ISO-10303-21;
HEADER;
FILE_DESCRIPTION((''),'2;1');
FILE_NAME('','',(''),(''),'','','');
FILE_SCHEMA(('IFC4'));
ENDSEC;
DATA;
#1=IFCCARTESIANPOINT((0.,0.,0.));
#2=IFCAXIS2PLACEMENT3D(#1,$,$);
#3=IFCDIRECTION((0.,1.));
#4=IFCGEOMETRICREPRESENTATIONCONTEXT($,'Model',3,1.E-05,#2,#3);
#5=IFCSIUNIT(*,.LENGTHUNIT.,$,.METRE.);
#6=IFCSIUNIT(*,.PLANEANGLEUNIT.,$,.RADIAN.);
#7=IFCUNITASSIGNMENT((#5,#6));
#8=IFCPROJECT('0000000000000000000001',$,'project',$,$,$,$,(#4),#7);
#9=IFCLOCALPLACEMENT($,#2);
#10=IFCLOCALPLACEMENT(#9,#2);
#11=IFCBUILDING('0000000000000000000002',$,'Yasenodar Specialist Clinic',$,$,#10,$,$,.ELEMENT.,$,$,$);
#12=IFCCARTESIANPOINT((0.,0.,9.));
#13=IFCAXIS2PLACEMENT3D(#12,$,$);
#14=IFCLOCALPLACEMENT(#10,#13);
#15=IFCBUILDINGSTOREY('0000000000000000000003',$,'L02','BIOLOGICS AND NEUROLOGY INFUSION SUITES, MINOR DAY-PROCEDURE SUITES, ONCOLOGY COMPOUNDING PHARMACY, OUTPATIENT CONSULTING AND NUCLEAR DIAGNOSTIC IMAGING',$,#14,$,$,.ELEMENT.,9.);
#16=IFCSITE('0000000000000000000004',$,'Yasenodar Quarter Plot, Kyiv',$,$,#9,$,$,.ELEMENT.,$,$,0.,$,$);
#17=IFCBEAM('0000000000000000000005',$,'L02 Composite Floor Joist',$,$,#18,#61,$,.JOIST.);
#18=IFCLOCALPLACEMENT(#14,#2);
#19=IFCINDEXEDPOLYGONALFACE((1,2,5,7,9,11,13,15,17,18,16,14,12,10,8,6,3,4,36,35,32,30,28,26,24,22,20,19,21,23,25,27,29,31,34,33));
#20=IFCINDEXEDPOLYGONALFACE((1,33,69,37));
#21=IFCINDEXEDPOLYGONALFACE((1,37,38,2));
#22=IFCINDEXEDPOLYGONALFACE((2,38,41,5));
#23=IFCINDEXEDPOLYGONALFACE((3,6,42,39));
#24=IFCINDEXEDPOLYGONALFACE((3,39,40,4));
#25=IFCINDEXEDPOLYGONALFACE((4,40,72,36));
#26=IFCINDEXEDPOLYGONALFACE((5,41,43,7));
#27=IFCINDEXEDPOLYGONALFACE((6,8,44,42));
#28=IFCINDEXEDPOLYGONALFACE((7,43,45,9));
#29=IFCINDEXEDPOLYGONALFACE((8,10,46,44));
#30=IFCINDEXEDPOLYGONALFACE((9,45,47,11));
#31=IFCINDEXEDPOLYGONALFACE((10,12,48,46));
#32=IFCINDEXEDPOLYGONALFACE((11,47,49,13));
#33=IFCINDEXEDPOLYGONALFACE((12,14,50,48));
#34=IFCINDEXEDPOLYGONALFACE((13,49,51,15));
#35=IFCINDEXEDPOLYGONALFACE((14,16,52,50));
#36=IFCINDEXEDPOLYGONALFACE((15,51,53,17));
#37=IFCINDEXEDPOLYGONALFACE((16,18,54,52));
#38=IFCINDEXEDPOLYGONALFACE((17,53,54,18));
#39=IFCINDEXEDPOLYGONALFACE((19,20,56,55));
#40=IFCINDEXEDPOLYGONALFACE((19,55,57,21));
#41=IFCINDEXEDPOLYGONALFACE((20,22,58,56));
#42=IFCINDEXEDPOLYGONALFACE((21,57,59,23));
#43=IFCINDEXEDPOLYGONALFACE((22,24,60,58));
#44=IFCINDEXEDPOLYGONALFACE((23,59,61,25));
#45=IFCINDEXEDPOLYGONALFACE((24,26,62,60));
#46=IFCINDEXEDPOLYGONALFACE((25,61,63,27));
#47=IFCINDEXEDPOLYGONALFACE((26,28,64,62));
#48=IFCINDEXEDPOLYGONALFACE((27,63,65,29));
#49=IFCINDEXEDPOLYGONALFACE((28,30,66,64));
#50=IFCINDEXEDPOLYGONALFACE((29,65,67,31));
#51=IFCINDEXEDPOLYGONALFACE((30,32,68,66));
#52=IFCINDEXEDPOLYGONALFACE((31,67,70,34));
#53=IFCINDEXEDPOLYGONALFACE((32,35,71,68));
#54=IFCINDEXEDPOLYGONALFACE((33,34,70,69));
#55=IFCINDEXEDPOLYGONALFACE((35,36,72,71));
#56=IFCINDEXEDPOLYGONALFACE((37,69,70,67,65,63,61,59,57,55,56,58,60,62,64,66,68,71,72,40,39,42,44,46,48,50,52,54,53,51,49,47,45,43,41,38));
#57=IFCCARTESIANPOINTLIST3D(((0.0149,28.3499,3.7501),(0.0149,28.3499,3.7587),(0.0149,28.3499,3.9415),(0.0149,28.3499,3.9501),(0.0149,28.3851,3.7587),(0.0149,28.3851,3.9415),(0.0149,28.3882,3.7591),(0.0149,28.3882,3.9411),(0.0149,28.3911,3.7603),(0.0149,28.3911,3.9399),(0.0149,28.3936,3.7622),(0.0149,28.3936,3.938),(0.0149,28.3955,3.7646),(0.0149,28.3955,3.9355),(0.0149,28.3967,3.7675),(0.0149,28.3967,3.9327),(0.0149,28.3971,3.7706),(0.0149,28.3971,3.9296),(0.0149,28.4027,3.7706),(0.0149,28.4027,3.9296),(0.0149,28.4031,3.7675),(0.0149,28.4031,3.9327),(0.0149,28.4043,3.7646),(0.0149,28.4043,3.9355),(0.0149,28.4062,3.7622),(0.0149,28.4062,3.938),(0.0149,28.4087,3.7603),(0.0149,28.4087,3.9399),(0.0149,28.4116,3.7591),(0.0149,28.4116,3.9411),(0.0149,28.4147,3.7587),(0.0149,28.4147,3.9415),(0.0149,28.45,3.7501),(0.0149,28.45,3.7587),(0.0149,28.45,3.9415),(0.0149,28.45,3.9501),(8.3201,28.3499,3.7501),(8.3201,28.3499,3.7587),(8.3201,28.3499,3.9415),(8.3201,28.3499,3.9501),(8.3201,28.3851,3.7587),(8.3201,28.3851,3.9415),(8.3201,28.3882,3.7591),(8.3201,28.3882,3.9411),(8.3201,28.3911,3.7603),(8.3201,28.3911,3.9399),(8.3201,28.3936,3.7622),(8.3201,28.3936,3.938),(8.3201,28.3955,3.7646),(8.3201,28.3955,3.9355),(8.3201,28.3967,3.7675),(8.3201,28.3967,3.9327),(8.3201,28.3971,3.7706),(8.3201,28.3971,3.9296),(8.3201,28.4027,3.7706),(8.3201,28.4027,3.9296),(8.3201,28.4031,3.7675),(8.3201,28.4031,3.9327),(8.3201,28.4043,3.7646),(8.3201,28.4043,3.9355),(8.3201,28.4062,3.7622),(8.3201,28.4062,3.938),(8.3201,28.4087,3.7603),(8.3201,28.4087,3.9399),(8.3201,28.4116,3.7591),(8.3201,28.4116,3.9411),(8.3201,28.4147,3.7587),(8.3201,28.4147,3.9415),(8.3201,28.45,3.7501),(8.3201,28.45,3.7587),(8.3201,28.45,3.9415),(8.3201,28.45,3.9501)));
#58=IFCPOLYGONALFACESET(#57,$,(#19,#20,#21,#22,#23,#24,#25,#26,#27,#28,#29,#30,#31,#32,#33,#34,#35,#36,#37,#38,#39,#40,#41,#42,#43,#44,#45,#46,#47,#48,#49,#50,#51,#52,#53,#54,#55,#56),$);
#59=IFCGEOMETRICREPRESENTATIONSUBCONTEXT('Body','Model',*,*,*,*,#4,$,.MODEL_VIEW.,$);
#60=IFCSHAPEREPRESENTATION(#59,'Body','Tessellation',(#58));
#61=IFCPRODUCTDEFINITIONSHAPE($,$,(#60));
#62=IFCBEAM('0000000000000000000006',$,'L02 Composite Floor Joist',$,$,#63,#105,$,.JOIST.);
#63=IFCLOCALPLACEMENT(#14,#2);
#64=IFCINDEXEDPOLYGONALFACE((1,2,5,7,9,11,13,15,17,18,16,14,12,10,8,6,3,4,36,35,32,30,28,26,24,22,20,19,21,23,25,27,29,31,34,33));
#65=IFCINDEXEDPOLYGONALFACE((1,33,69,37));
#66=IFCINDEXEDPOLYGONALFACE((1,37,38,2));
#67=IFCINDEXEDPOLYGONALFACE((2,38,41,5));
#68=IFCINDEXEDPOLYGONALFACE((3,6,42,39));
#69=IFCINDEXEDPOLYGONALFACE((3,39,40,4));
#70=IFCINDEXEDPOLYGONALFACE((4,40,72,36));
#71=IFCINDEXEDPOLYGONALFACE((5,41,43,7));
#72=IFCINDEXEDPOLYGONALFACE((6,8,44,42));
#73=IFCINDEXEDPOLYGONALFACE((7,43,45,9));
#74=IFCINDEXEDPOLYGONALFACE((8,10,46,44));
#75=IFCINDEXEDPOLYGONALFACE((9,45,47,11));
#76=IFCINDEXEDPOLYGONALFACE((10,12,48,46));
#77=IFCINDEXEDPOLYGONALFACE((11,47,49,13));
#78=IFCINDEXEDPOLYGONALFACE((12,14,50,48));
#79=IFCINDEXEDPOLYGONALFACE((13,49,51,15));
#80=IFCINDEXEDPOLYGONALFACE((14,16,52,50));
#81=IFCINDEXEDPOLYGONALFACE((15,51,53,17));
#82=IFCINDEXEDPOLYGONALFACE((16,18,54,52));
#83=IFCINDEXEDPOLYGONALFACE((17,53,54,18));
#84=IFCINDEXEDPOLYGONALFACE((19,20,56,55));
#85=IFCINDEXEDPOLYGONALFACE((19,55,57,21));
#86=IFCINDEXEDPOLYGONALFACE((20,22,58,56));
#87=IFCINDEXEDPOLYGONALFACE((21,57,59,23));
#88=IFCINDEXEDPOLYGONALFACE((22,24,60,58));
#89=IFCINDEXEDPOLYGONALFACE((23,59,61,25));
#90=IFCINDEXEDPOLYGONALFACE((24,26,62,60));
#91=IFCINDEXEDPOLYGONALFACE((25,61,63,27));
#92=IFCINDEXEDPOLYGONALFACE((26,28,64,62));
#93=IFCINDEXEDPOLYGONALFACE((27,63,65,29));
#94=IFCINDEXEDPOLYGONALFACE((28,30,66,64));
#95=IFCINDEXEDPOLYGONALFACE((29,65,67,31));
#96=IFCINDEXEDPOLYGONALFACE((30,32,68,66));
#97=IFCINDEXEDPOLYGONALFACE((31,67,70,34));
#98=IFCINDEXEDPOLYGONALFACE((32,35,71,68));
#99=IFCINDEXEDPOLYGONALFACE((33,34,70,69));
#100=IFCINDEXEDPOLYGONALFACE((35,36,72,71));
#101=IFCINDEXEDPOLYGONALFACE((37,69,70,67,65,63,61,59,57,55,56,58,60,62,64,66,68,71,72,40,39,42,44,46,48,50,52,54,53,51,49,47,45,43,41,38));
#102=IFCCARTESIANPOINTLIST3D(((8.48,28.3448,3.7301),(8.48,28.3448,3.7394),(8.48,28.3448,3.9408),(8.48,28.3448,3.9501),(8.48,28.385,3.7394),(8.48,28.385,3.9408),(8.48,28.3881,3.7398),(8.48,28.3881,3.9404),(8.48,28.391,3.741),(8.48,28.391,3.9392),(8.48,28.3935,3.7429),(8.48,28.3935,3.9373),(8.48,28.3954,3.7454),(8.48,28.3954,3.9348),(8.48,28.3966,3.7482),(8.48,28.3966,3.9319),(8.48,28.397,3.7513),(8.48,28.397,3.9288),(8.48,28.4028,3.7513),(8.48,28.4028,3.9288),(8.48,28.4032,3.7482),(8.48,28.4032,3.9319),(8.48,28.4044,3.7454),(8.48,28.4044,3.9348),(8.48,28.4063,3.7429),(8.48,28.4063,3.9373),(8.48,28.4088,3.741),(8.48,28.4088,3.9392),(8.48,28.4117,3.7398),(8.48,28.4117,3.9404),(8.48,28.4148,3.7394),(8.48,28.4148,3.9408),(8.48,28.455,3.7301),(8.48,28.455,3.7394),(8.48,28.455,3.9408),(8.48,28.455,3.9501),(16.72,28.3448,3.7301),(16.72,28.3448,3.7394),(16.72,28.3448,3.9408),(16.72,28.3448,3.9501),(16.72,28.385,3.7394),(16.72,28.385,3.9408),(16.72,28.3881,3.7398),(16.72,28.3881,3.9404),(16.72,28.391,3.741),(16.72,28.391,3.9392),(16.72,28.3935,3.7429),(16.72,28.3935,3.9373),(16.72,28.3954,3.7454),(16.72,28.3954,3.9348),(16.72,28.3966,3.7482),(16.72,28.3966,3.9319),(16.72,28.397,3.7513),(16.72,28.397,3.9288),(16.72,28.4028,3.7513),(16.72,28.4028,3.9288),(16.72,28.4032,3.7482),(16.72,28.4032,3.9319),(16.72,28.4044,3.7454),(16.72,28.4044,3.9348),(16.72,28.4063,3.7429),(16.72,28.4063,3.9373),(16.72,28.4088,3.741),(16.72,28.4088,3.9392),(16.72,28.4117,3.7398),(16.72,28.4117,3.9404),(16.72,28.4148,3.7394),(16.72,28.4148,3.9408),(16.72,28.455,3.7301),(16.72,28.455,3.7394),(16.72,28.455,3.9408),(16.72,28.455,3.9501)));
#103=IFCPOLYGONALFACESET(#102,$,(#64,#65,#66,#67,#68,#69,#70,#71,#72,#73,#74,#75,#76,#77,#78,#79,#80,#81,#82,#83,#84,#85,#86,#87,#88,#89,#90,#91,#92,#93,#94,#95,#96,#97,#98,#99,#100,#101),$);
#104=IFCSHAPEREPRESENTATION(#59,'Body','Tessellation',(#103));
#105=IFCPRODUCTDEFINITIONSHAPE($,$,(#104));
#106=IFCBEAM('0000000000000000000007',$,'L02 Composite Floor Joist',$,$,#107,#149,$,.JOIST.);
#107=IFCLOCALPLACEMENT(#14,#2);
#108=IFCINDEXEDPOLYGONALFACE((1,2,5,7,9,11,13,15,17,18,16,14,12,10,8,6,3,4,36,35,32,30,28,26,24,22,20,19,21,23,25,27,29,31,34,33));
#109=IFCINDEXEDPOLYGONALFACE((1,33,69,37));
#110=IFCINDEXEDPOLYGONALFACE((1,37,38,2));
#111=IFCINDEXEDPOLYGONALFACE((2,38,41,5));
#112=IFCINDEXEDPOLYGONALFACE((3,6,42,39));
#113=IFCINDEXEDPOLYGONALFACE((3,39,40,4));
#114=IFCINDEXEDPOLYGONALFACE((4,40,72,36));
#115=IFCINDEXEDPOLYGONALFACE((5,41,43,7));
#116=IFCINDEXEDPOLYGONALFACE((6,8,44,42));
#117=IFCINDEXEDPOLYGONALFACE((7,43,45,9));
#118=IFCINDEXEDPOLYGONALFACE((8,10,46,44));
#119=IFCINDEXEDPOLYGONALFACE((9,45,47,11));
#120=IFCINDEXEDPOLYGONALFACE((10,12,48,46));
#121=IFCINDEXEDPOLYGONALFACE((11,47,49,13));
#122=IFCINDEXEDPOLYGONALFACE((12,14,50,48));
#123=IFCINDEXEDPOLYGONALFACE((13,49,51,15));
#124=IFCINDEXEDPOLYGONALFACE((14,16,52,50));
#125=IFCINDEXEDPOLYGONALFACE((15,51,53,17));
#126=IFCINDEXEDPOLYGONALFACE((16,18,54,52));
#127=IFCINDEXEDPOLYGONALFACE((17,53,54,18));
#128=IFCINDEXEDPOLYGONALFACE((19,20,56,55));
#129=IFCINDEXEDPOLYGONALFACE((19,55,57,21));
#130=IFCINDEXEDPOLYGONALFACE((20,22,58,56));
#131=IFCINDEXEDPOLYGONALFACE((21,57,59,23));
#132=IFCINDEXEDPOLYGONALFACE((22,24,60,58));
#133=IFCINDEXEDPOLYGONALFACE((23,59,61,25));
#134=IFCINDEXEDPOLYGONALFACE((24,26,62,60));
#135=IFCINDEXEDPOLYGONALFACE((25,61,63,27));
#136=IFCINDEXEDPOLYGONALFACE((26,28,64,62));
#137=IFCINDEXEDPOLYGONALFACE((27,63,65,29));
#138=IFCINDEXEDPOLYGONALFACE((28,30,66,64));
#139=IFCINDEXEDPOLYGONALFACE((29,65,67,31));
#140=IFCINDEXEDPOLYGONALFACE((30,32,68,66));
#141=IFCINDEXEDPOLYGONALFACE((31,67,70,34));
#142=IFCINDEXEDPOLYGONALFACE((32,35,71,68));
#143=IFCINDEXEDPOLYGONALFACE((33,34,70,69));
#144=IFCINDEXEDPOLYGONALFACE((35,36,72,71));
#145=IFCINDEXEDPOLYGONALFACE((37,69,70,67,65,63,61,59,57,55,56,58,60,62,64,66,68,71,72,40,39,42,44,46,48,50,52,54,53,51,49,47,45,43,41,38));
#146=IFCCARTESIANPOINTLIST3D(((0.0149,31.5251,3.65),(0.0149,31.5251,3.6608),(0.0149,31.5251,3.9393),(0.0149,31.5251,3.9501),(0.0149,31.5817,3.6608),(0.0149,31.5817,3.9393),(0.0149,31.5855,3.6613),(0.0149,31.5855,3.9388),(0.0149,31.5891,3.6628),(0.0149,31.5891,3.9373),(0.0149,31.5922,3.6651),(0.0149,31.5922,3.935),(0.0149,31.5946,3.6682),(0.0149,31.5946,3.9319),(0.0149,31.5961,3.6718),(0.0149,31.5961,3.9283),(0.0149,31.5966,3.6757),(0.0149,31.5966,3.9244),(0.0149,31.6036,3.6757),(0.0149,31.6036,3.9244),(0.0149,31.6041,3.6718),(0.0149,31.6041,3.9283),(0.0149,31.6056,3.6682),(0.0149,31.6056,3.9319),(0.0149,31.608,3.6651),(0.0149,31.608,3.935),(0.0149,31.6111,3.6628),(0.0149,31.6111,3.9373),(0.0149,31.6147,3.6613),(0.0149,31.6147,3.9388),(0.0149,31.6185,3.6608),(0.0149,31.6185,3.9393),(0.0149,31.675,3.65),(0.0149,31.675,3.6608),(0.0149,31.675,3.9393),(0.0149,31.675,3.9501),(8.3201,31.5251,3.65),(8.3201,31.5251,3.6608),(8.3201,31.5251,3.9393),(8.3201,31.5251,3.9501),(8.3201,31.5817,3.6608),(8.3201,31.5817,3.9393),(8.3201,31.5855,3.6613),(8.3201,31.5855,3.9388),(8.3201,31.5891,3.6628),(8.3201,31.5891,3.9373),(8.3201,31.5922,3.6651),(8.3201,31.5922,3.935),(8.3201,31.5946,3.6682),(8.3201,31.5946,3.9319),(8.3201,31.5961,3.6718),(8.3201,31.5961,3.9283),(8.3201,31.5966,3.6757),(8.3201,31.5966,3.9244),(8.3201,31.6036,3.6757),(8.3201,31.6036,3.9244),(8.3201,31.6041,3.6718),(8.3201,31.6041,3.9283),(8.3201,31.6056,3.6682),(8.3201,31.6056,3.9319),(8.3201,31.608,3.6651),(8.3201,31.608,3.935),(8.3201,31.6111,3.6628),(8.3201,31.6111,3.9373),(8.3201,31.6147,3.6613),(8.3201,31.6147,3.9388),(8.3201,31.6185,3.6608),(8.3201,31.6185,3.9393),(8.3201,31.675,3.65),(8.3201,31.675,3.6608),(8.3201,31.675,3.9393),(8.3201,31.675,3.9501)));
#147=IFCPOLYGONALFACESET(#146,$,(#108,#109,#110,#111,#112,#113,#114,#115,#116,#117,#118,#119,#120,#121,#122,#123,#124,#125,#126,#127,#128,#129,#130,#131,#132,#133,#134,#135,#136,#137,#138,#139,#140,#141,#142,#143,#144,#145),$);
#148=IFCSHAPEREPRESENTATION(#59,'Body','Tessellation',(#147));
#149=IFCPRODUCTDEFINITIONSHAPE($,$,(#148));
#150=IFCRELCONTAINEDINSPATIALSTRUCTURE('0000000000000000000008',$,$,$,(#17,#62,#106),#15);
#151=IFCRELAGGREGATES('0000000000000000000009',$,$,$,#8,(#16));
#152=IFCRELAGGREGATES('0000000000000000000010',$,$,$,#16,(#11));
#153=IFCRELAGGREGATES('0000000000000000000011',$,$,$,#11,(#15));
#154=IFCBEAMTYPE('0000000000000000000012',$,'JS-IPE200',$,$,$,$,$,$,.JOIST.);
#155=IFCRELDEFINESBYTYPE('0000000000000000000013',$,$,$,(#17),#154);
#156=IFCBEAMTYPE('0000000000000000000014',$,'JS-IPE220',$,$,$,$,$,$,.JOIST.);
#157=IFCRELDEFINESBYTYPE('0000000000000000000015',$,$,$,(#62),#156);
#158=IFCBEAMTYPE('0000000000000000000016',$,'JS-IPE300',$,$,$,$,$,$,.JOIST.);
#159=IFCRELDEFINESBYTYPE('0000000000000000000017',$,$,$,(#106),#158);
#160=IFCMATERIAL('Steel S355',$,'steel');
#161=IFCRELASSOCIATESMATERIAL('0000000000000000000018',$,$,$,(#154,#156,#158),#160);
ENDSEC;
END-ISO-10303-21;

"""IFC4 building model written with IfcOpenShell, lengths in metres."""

from ifc_helpers import new_model, si_unit, direction, frame, origin, origin_2d, place, context, subcontext, project, spatial, i_section, extrude, material, material_profile, profile_set, type_object, element, save


model = new_model("IFC4")

# Units and contexts
model_context = context("Model", 3, precision=1e-05, world=origin(), true_north=direction((0.0, 1.0)))
body_context = subcontext(model_context, "Body", "Model", "MODEL_VIEW")
ifc_project = project(units=[si_unit("LENGTHUNIT", "METRE"), si_unit("PLANEANGLEUNIT", "RADIAN")], contexts=[model_context])

# Site, building, storey
site_placement = place(None, origin())
site = spatial("IfcSite", under=ifc_project, at=site_placement, Name="Yasenodar Quarter Plot, Kyiv", CompositionType="ELEMENT", RefElevation=0.0)
building_placement = place(site_placement, origin())
building = spatial("IfcBuilding", under=site, at=building_placement, Name="Yasenodar Specialist Clinic", CompositionType="ELEMENT")
storey_placement = place(building_placement, frame((0.0, 0.0, 9.0)))
storey = spatial("IfcBuildingStorey", under=building, at=storey_placement, Name="L02", Description="BIOLOGICS AND NEUROLOGY INFUSION SUITES, MINOR DAY-PROCEDURE SUITES, ONCOLOGY COMPOUNDING PHARMACY, OUTPATIENT CONSULTING AND NUCLEAR DIAGNOSTIC IMAGING", CompositionType="ELEMENT", Elevation=9.0)

# Shared definitions
ifc_material_1 = material(Name="Steel S355", Category="steel")

# Beams
ifc_material_profile_1 = material_profile(ifc_material_1, i_section(OverallWidth=0.1001, OverallDepth=0.2, WebThickness=0.0056, FlangeThickness=0.0085, FilletRadius=0.012, at=origin_2d()), Name="IPE 200")
ifc_profile_set_1 = profile_set([ifc_material_profile_1], Name="Steel S355")
beam_type_1 = type_object("IfcBeamType", Name="JS-IPE200", PredefinedType="JOIST", material=ifc_profile_set_1)
beam_1_placement = place(storey_placement, frame((0.0149, 28.3999, 3.8501), z_axis=(1.0, 0.0, 0.0), x_axis=(0.0, 1.0, 0.0)))
element("IfcBeam", 1, at=beam_1_placement, inside=storey, type_object=beam_type_1, Name="L02 Composite Floor Joist", PredefinedType="JOIST", context=body_context, shape_type="SweptSolid", body=[
    extrude(i_section(OverallWidth=0.1001, OverallDepth=0.2, WebThickness=0.0056, FlangeThickness=0.0085, FilletRadius=0.012, at=origin_2d()), origin(), (0.0, 0.0, 1.0), 8.3052),
])
ifc_material_profile_2 = material_profile(ifc_material_1, i_section(OverallWidth=0.1101, OverallDepth=0.22, WebThickness=0.0059, FlangeThickness=0.0093, FilletRadius=0.012, at=origin_2d()), Name="IPE 220")
ifc_profile_set_2 = profile_set([ifc_material_profile_2], Name="Steel S355")
beam_type_2 = type_object("IfcBeamType", Name="JS-IPE220", PredefinedType="JOIST", material=ifc_profile_set_2)
beam_2_placement = place(storey_placement, frame((8.48, 28.3999, 3.8401), z_axis=(1.0, 0.0, 0.0), x_axis=(0.0, 1.0, 0.0)))
element("IfcBeam", 2, at=beam_2_placement, inside=storey, type_object=beam_type_2, Name="L02 Composite Floor Joist", PredefinedType="JOIST", context=body_context, shape_type="SweptSolid", body=[
    extrude(i_section(OverallWidth=0.1101, OverallDepth=0.22, WebThickness=0.0059, FlangeThickness=0.0093, FilletRadius=0.012, at=origin_2d()), origin(), (0.0, 0.0, 1.0), 8.24),
])
ifc_material_profile_3 = material_profile(ifc_material_1, i_section(OverallWidth=0.1499, OverallDepth=0.3, WebThickness=0.0071, FlangeThickness=0.0107, FilletRadius=0.0149, at=origin_2d()), Name="IPE 300")
ifc_profile_set_3 = profile_set([ifc_material_profile_3], Name="Steel S355")
beam_type_3 = type_object("IfcBeamType", Name="JS-IPE300", PredefinedType="JOIST", material=ifc_profile_set_3)
beam_3_placement = place(storey_placement, frame((0.0149, 31.6001, 3.8), z_axis=(1.0, 0.0, 0.0), x_axis=(0.0, 1.0, 0.0)))
element("IfcBeam", 3, at=beam_3_placement, inside=storey, type_object=beam_type_3, Name="L02 Composite Floor Joist", PredefinedType="JOIST", context=body_context, shape_type="SweptSolid", body=[
    extrude(i_section(OverallWidth=0.1499, OverallDepth=0.3, WebThickness=0.0071, FlangeThickness=0.0107, FilletRadius=0.0149, at=origin_2d()), origin(), (0.0, 0.0, 1.0), 8.3052),
])

save(model, "model.ifc")
